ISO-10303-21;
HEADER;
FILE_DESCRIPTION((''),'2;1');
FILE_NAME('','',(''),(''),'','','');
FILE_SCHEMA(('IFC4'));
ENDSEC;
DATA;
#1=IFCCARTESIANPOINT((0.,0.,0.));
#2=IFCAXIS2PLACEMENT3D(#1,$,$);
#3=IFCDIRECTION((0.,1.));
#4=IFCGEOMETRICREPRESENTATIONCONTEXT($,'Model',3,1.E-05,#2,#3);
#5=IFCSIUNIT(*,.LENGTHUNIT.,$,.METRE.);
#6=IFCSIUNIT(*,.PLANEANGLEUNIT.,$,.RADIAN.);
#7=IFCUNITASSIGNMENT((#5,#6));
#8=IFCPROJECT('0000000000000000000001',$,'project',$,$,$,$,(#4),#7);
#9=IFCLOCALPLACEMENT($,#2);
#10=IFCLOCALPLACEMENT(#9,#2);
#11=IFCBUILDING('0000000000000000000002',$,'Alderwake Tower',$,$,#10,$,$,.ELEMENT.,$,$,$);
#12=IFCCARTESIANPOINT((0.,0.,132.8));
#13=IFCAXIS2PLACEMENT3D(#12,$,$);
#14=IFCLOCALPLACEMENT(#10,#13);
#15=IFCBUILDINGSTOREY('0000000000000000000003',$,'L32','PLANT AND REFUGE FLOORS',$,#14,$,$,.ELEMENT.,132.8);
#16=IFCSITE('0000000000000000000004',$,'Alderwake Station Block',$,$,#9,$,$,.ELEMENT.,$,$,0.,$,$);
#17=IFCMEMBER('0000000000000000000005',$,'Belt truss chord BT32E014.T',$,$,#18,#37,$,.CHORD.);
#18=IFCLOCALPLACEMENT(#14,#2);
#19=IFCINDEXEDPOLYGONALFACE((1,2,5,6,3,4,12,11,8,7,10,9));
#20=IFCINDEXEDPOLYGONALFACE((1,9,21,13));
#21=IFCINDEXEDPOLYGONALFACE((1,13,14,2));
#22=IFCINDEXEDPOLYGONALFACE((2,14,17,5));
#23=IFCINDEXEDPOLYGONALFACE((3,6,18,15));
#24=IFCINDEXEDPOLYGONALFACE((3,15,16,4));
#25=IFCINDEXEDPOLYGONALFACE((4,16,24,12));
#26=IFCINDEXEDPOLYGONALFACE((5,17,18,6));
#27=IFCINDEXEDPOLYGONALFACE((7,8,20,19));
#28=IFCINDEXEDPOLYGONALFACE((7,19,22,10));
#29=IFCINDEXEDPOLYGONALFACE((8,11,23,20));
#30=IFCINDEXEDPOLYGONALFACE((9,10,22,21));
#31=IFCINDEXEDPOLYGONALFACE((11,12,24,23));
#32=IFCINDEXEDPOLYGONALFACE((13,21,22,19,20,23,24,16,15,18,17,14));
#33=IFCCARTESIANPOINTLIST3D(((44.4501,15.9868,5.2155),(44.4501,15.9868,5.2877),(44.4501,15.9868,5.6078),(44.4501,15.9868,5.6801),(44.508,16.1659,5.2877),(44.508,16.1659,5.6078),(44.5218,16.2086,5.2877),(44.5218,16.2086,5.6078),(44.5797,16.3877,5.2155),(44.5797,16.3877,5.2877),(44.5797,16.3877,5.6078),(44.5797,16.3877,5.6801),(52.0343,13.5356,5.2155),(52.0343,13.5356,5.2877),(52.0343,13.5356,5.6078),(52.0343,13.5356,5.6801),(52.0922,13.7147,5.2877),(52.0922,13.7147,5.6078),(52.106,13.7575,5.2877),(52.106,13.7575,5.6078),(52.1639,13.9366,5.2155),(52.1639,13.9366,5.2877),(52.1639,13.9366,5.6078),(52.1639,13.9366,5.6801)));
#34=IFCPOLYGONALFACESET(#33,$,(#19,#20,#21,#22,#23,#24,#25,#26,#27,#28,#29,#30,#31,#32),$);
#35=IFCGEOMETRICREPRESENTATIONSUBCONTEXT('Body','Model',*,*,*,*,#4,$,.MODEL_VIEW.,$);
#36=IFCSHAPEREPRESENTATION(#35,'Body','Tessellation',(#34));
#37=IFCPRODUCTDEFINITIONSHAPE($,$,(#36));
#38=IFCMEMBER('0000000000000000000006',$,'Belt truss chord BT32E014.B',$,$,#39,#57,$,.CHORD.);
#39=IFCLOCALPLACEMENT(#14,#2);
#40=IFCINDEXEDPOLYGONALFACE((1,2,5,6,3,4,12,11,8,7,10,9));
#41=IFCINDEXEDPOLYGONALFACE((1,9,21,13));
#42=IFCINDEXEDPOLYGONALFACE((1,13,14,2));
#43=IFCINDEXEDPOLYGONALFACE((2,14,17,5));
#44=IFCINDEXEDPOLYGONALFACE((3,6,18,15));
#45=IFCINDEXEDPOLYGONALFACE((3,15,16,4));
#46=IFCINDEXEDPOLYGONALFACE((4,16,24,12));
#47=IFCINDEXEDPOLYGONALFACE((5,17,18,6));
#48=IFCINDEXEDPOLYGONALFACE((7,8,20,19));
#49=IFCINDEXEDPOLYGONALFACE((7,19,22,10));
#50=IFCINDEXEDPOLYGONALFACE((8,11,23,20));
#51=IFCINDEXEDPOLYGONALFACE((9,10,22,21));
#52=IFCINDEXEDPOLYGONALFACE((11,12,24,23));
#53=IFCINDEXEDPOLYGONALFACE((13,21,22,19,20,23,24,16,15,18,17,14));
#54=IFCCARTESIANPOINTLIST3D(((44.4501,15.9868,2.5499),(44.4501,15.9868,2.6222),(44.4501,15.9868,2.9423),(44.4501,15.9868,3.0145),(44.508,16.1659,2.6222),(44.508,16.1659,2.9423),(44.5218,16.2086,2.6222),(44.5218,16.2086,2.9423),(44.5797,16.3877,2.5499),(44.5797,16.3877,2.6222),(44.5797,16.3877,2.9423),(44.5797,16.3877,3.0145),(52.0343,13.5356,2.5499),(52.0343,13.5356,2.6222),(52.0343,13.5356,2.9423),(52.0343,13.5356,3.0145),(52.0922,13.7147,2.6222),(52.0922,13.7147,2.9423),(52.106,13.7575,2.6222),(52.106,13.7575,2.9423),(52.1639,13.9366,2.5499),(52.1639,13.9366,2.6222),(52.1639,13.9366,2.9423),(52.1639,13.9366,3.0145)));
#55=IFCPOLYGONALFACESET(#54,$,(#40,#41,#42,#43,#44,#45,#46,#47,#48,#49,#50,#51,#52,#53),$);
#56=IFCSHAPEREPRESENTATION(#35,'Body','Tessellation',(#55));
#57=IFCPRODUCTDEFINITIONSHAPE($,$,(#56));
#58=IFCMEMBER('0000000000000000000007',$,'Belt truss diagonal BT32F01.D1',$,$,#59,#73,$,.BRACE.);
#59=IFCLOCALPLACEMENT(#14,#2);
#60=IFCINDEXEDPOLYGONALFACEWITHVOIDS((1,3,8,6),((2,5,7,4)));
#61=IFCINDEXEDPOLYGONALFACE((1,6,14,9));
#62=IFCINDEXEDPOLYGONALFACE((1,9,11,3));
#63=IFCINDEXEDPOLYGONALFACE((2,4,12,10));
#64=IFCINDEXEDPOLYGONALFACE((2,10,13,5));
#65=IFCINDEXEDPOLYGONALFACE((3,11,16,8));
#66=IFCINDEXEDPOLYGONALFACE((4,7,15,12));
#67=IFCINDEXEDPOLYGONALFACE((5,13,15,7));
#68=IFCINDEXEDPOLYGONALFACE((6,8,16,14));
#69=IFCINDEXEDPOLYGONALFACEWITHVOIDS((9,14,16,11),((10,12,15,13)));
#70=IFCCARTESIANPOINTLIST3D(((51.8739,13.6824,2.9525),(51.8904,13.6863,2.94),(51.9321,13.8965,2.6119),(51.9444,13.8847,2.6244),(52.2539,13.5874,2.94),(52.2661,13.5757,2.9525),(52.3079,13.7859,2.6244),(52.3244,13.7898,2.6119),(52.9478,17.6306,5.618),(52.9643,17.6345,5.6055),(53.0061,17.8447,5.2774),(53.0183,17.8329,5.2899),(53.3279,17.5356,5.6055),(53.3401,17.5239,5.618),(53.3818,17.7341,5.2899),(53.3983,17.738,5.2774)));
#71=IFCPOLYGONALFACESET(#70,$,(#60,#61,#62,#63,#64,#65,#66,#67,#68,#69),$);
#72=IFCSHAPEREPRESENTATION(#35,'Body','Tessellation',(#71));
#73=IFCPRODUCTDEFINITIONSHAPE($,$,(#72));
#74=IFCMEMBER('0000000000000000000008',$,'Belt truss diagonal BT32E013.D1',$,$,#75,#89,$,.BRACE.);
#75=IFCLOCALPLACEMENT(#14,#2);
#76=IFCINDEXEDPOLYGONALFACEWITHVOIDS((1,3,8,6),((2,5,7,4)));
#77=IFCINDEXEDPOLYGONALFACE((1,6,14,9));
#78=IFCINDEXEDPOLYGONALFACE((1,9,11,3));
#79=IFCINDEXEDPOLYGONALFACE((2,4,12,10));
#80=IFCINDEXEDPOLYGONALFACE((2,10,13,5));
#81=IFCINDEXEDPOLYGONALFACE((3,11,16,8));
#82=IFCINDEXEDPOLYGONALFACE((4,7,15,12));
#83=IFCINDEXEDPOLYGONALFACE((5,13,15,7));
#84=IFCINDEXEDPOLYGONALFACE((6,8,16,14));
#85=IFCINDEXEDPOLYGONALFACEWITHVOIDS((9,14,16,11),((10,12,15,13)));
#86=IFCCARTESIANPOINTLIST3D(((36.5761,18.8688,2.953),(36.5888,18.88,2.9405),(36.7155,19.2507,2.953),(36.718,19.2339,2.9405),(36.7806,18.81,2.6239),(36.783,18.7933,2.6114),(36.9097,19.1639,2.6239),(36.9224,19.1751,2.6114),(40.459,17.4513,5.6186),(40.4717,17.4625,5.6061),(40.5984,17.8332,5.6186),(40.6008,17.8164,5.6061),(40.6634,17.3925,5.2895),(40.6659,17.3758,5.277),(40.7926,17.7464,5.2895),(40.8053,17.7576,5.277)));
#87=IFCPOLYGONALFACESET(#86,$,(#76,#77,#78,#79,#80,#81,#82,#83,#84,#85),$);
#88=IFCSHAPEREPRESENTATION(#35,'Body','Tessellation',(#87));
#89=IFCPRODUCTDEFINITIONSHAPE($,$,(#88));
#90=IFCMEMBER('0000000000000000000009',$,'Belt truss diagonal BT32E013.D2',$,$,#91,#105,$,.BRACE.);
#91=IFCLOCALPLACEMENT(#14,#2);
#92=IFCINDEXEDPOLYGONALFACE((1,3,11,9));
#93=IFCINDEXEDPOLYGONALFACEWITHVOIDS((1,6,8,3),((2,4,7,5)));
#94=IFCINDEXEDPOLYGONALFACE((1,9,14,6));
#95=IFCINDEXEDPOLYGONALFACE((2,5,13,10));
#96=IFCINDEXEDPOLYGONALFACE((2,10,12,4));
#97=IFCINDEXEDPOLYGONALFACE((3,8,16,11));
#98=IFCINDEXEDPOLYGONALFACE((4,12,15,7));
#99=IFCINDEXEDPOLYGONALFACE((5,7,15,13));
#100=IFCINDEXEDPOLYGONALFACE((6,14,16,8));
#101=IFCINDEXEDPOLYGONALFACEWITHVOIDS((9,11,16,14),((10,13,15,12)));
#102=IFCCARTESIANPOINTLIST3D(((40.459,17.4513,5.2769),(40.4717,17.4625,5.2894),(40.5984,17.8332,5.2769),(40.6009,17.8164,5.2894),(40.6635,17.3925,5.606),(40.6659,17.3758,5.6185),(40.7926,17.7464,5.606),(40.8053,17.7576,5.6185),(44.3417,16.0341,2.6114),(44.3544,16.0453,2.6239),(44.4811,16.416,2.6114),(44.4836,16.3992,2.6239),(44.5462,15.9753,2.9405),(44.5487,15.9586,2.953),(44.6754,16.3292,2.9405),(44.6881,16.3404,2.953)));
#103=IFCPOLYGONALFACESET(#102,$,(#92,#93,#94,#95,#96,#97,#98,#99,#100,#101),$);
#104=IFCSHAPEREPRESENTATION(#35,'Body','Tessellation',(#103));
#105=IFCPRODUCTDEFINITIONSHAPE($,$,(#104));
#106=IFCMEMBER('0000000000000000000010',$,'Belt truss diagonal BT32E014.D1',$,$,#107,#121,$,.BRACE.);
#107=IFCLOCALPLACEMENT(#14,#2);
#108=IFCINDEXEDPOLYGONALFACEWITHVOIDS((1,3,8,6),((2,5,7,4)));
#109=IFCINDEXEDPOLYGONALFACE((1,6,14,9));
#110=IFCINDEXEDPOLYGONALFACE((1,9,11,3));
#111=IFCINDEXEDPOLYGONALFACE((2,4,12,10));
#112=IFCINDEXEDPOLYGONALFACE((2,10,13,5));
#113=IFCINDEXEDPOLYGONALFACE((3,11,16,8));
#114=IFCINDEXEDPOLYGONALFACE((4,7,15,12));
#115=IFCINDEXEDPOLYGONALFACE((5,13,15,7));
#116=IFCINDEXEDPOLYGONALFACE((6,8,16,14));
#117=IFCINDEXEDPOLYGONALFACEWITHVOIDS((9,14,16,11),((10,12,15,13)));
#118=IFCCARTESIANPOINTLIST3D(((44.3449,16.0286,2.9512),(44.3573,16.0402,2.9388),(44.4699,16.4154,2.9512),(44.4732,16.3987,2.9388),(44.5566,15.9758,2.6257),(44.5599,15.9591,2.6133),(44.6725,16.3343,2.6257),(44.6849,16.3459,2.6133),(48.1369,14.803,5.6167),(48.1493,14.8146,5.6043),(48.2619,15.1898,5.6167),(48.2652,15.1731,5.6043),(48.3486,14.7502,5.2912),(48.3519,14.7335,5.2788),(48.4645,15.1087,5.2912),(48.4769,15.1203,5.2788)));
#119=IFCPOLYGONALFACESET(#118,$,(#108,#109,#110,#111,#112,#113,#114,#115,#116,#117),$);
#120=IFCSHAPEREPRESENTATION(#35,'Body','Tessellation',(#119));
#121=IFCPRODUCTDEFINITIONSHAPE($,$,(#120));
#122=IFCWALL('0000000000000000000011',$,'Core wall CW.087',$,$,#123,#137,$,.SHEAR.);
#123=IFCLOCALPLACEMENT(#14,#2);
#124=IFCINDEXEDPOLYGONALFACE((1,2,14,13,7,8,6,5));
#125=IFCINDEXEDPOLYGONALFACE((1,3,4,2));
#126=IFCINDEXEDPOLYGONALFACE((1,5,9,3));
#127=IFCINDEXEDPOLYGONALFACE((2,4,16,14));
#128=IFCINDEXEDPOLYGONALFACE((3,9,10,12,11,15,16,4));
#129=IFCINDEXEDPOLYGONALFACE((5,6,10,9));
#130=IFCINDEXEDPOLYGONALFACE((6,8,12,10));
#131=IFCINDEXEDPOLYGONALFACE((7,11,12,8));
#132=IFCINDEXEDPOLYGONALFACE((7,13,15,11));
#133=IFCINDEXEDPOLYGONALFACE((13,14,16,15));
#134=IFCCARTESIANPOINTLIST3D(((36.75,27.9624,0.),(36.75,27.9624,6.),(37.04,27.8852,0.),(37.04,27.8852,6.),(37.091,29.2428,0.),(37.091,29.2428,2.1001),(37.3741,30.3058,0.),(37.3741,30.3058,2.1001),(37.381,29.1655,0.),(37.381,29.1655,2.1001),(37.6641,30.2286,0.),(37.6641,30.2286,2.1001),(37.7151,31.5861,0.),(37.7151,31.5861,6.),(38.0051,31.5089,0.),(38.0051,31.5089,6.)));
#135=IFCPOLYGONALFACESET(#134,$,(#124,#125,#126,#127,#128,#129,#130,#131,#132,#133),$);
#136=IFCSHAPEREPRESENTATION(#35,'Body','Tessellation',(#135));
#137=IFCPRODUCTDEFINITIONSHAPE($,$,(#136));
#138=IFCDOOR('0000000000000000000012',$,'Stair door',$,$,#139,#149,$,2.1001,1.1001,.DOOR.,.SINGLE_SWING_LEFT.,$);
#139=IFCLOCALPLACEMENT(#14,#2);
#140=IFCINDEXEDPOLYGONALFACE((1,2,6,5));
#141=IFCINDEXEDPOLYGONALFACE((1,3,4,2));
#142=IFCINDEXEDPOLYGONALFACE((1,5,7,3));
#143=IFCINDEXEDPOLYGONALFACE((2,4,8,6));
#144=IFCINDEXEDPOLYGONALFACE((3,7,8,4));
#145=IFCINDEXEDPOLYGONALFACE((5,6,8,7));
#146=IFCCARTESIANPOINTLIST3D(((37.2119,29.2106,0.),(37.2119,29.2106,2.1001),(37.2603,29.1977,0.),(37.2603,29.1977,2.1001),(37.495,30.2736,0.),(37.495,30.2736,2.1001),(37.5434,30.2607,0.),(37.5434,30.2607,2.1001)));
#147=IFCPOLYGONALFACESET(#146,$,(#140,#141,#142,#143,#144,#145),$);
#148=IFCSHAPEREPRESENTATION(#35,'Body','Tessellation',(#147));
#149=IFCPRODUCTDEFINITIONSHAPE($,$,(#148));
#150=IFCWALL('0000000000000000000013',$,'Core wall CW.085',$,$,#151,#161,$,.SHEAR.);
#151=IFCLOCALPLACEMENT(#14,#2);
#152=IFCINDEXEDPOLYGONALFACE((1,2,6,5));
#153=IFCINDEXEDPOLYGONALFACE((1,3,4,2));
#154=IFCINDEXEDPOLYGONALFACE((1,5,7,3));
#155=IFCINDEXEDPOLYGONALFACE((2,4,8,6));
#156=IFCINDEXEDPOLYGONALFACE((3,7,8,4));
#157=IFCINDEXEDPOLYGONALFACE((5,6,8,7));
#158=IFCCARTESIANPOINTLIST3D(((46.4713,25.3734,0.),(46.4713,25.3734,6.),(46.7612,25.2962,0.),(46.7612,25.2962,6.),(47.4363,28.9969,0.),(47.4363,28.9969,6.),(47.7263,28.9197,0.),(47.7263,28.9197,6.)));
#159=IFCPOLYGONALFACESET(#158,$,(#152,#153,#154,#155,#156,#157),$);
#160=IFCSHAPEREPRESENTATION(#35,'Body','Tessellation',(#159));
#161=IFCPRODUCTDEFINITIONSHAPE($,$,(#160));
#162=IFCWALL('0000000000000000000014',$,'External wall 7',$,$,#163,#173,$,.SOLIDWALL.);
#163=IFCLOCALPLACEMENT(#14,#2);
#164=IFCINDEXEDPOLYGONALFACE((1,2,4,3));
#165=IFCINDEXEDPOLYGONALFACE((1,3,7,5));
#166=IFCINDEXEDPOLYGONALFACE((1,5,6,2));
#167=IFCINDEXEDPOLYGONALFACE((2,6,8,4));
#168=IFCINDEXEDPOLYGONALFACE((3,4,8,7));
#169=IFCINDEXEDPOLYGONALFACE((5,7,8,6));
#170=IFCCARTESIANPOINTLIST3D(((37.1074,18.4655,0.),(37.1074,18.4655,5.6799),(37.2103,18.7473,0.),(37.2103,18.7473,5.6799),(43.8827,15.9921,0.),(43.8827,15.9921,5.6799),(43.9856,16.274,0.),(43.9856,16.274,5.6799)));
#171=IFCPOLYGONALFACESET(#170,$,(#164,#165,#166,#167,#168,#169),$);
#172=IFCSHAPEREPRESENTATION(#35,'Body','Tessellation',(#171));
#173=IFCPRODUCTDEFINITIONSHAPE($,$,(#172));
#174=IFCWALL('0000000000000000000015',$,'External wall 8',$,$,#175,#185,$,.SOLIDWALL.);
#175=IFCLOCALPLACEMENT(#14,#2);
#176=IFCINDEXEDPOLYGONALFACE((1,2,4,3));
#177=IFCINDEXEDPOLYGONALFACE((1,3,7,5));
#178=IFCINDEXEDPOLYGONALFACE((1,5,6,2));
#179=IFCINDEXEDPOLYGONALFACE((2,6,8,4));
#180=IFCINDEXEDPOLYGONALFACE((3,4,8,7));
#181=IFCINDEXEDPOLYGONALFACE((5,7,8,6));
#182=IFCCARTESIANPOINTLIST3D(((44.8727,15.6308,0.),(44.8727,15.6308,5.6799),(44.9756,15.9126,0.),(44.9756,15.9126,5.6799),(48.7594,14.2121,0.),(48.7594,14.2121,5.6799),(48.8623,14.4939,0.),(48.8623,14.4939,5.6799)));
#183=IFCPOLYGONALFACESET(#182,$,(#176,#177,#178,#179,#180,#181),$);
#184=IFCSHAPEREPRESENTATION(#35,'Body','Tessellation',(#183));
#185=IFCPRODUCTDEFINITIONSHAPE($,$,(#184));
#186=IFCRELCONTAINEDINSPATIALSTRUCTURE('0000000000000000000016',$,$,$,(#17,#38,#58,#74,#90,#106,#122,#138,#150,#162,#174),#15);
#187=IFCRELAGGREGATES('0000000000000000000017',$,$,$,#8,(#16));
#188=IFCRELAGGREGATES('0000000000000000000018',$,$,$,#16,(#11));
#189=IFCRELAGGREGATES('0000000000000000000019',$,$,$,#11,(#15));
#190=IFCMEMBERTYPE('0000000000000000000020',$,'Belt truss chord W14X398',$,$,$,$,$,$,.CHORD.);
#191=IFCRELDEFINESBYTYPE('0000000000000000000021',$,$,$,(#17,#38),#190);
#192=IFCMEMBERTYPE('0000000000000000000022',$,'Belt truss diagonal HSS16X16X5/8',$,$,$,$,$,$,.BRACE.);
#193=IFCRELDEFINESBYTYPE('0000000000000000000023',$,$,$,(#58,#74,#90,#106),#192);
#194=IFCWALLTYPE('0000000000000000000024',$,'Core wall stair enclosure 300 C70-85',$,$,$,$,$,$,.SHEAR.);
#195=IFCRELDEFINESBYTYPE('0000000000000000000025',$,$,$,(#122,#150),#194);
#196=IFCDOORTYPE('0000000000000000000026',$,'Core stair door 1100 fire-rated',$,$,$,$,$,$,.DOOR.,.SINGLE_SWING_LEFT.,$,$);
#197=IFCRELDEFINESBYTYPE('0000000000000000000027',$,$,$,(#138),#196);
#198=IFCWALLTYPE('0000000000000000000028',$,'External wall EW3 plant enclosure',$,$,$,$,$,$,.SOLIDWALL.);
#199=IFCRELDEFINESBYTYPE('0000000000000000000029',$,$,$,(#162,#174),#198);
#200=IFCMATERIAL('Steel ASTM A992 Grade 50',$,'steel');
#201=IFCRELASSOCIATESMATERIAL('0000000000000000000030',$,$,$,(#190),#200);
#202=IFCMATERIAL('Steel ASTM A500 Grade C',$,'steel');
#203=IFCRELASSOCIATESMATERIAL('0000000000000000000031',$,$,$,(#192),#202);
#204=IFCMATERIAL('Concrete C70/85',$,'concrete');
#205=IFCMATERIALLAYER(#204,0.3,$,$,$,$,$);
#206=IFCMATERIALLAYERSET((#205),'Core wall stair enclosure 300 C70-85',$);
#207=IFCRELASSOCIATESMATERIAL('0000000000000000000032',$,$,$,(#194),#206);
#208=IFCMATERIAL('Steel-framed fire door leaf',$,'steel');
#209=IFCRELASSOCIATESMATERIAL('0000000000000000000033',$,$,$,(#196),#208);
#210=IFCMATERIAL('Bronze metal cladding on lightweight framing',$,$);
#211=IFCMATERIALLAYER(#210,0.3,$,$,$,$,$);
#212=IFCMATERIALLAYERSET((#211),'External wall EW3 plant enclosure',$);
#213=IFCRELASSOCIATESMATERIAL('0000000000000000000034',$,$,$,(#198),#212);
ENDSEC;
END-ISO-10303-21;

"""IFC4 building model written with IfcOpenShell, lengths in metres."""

from ifc_helpers import new_model, si_unit, direction, frame, frame_2d, origin, origin_2d, place, context, subcontext, project, spatial, rectangle, hollow_rectangle, i_section, extrude, material, layer, layer_set, material_profile, profile_set, type_object, element, fill, save


model = new_model("IFC4")

# Units and contexts
model_context = context("Model", 3, precision=1e-05, world=origin(), true_north=direction((0.0, 1.0)))
body_context = subcontext(model_context, "Body", "Model", "MODEL_VIEW")
ifc_project = project(units=[si_unit("LENGTHUNIT", "METRE"), si_unit("PLANEANGLEUNIT", "RADIAN")], contexts=[model_context])

# Site, building, storey
site_placement = place(None, origin())
site = spatial("IfcSite", under=ifc_project, at=site_placement, Name="Alderwake Station Block", CompositionType="ELEMENT", RefElevation=0.0)
building_placement = place(site_placement, origin())
building = spatial("IfcBuilding", under=site, at=building_placement, Name="Alderwake Tower", CompositionType="ELEMENT")
storey_placement = place(building_placement, frame((0.0, 0.0, 132.8)))
storey = spatial("IfcBuildingStorey", under=building, at=storey_placement, Name="L32", Description="PLANT AND REFUGE FLOORS", CompositionType="ELEMENT", Elevation=132.8)

# Members
ifc_material_1 = material(Name="Steel ASTM A992 Grade 50", Category="steel")
ifc_material_profile_1 = material_profile(ifc_material_1, i_section(OverallWidth=0.4214, OverallDepth=0.4646, WebThickness=0.0449, FlangeThickness=0.0723, at=origin_2d()), Name="W14X398")
ifc_profile_set_1 = profile_set([ifc_material_profile_1], Name="Steel ASTM A992 Grade 50")
member_type_1 = type_object("IfcMemberType", Name="Belt truss chord W14X398", PredefinedType="CHORD", material=ifc_profile_set_1)
for number, where, z_axis, x_axis, name in (
    (1, (44.5149, 16.1873, 5.4478), (0.951538, -0.307531, 0.0), (0.307531, 0.951538, 0.0), "Belt truss chord BT32E014.T"),
    (2, (44.5149, 16.1873, 2.7822), (0.951538, -0.307531, 0.0), (0.307531, 0.951538, 0.0), "Belt truss chord BT32E014.B"),
):
    element("IfcMember", number, at=place(storey_placement, frame(where, z_axis=z_axis, x_axis=x_axis)), inside=storey, type_object=member_type_1, Name=name, PredefinedType="CHORD", context=body_context, shape_type="SweptSolid", body=[
        extrude(i_section(OverallWidth=0.4214, OverallDepth=0.4646, WebThickness=0.0449, FlangeThickness=0.0723, at=origin_2d()), origin(), (0.0, 0.0, 1.0), 7.9705),
    ])
ifc_material_2 = material(Name="Steel ASTM A500 Grade C", Category="steel")
ifc_material_profile_2 = material_profile(ifc_material_2, hollow_rectangle(XDim=0.4065, YDim=0.4065, WallThickness=0.0149, at=origin_2d()), Name="HSS16X16X5/8")
ifc_profile_set_2 = profile_set([ifc_material_profile_2], Name="Steel ASTM A500 Grade C")
member_type_2 = type_object("IfcMemberType", Name="Belt truss diagonal HSS16X16X5/8", PredefinedType="BRACE", material=ifc_profile_set_2)
member_1_placement = place(storey_placement, frame((52.0991, 13.7361, 2.7822), z_axis=(0.219926, 0.808512, 0.54584), x_axis=(-0.964938, 0.262476, 0.0)))
element("IfcMember", 3, at=member_1_placement, inside=storey, type_object=member_type_2, Name="Belt truss diagonal BT32F01.D1", PredefinedType="BRACE", context=body_context, shape_type="SweptSolid", body=[
    extrude(hollow_rectangle(XDim=0.4065, YDim=0.4065, WallThickness=0.0149, at=origin_2d()), origin(), (0.0, 0.0, 1.0), 4.8833),
])
member_2_placement = place(storey_placement, frame((36.7493, 19.022, 2.7822), z_axis=(0.789449, -0.2882, 0.541952), x_axis=(0.342928, 0.939362, 0.0)))
element("IfcMember", 4, at=member_2_placement, inside=storey, type_object=member_type_2, Name="Belt truss diagonal BT32E013.D1", PredefinedType="BRACE", context=body_context, shape_type="SweptSolid", body=[
    extrude(hollow_rectangle(XDim=0.4065, YDim=0.4065, WallThickness=0.0149, at=origin_2d()), origin(), (0.0, 0.0, 1.0), 4.9185),
])
member_3_placement = place(storey_placement, frame((44.5149, 16.1873, 2.7822), z_axis=(-0.78946, 0.288155, 0.541959), x_axis=(-0.342876, -0.939381, 0.0)))
element("IfcMember", 5, at=member_3_placement, inside=storey, type_object=member_type_2, Name="Belt truss diagonal BT32E013.D2", PredefinedType="BRACE", context=body_context, shape_type="SweptSolid", body=[
    extrude(hollow_rectangle(XDim=0.4065, YDim=0.4065, WallThickness=0.0149, at=origin_2d()), origin(), (0.0, 0.0, 1.0), 4.9182),
])
member_4_placement = place(storey_placement, frame((44.5149, 16.1873, 2.7822), z_axis=(0.790921, -0.255628, 0.555966), x_axis=(0.30754, 0.951535, 0.0)))
element("IfcMember", 6, at=member_4_placement, inside=storey, type_object=member_type_2, Name="Belt truss diagonal BT32E014.D1", PredefinedType="BRACE", context=body_context, shape_type="SweptSolid", body=[
    extrude(hollow_rectangle(XDim=0.4065, YDim=0.4065, WallThickness=0.0149, at=origin_2d()), origin(), (0.0, 0.0, 1.0), 4.7944),
])

# Wall, opening, door
ifc_material_3 = material(Name="Concrete C70/85", Category="concrete")
ifc_layer_1 = layer(ifc_material_3, 0.3)
ifc_layer_set_1 = layer_set([ifc_layer_1], Name="Core wall stair enclosure 300 C70-85")
wall_type_1 = type_object("IfcWallType", Name="Core wall stair enclosure 300 C70-85", PredefinedType="SHEAR", material=ifc_layer_set_1)
wall_1_placement = place(storey_placement, frame((36.895, 27.9238, 0.0), z_axis=(0.0, 0.0, 1.0), x_axis=(0.257351, 0.966318, 0.0)))
wall_1 = element("IfcWall", 7, at=wall_1_placement, inside=storey, type_object=wall_type_1, Name="Core wall CW.087", PredefinedType="SHEAR", context=body_context, shape_type="SweptSolid", body=[
    extrude(rectangle(XDim=3.75, YDim=0.3, at=frame_2d((1.875, 0.0))), origin(), (0.0, 0.0, 1.0), 6.0),
])
opening_1_placement = place(wall_1_placement, frame((1.325, 0.0, 0.0)))
opening_1 = element("IfcOpeningElement", 8, at=opening_1_placement, cuts=wall_1, PredefinedType="OPENING", context=body_context, shape_type="SweptSolid", body=[
    extrude(rectangle(XDim=1.1001, YDim=2.1001, at=frame_2d((0.55, 1.05))), frame((0.0, 0.1599, 0.0), z_axis=(0.0, -1.0, 0.0), x_axis=(1.0, 0.0, 0.0)), (0.0, 0.0, 1.0), 0.3201),
])
ifc_material_4 = material(Name="Steel-framed fire door leaf", Category="steel")
door_type = type_object("IfcDoorType", Name="Core stair door 1100 fire-rated", OperationType="SINGLE_SWING_LEFT", PredefinedType="DOOR", material=ifc_material_4)
door_placement = place(opening_1_placement, origin())
door = element("IfcDoor", 9, at=door_placement, inside=storey, type_object=door_type, Name="Stair door", OperationType="SINGLE_SWING_LEFT", OverallHeight=2.1001, OverallWidth=1.1001, PredefinedType="DOOR", context=body_context, shape_type="SweptSolid", body=[
    extrude(rectangle(XDim=1.1001, YDim=2.1001, at=frame_2d((0.55, 1.05))), frame((0.0, 0.0249, 0.0), z_axis=(0.0, -1.0, 0.0), x_axis=(1.0, 0.0, 0.0)), (0.0, 0.0, 1.0), 0.05),
])
fill(opening_1, door)

# Walls
wall_2_placement = place(storey_placement, frame((46.6162, 25.3347, 0.0), z_axis=(0.0, 0.0, 1.0), x_axis=(0.257367, 0.966314, 0.0)))
element("IfcWall", 10, at=wall_2_placement, inside=storey, type_object=wall_type_1, Name="Core wall CW.085", PredefinedType="SHEAR", context=body_context, shape_type="SweptSolid", body=[
    extrude(rectangle(XDim=3.7498, YDim=0.3, at=frame_2d((1.875, 0.0))), origin(), (0.0, 0.0, 1.0), 6.0),
])
ifc_material_5 = material(Name="Bronze metal cladding on lightweight framing")
ifc_layer_2 = layer(ifc_material_5, 0.3)
ifc_layer_set_2 = layer_set([ifc_layer_2], Name="External wall EW3 plant enclosure")
wall_type_2 = type_object("IfcWallType", Name="External wall EW3 plant enclosure", PredefinedType="SOLIDWALL", material=ifc_layer_set_2)
wall_3_placement = place(storey_placement, frame((37.1587, 18.6064, 0.0), z_axis=(0.0, 0.0, 1.0), x_axis=(0.939365, -0.34292, 0.0)))
element("IfcWall", 11, at=wall_3_placement, inside=storey, type_object=wall_type_2, Name="External wall 7", PredefinedType="SOLIDWALL", context=body_context, shape_type="SweptSolid", body=[
    extrude(rectangle(XDim=7.2126, YDim=0.3, at=frame_2d((3.6064, 0.0))), origin(), (0.0, 0.0, 1.0), 5.6799),
])
wall_4_placement = place(storey_placement, frame((44.9241, 15.7717, 0.0), z_axis=(0.0, 0.0, 1.0), x_axis=(0.939378, -0.342885, 0.0)))
element("IfcWall", 12, at=wall_4_placement, inside=storey, type_object=wall_type_2, Name="External wall 8", PredefinedType="SOLIDWALL", context=body_context, shape_type="SweptSolid", body=[
    extrude(rectangle(XDim=4.1375, YDim=0.3, at=frame_2d((2.0688, 0.0))), origin(), (0.0, 0.0, 1.0), 5.6799),
])

save(model, "model.ifc")
